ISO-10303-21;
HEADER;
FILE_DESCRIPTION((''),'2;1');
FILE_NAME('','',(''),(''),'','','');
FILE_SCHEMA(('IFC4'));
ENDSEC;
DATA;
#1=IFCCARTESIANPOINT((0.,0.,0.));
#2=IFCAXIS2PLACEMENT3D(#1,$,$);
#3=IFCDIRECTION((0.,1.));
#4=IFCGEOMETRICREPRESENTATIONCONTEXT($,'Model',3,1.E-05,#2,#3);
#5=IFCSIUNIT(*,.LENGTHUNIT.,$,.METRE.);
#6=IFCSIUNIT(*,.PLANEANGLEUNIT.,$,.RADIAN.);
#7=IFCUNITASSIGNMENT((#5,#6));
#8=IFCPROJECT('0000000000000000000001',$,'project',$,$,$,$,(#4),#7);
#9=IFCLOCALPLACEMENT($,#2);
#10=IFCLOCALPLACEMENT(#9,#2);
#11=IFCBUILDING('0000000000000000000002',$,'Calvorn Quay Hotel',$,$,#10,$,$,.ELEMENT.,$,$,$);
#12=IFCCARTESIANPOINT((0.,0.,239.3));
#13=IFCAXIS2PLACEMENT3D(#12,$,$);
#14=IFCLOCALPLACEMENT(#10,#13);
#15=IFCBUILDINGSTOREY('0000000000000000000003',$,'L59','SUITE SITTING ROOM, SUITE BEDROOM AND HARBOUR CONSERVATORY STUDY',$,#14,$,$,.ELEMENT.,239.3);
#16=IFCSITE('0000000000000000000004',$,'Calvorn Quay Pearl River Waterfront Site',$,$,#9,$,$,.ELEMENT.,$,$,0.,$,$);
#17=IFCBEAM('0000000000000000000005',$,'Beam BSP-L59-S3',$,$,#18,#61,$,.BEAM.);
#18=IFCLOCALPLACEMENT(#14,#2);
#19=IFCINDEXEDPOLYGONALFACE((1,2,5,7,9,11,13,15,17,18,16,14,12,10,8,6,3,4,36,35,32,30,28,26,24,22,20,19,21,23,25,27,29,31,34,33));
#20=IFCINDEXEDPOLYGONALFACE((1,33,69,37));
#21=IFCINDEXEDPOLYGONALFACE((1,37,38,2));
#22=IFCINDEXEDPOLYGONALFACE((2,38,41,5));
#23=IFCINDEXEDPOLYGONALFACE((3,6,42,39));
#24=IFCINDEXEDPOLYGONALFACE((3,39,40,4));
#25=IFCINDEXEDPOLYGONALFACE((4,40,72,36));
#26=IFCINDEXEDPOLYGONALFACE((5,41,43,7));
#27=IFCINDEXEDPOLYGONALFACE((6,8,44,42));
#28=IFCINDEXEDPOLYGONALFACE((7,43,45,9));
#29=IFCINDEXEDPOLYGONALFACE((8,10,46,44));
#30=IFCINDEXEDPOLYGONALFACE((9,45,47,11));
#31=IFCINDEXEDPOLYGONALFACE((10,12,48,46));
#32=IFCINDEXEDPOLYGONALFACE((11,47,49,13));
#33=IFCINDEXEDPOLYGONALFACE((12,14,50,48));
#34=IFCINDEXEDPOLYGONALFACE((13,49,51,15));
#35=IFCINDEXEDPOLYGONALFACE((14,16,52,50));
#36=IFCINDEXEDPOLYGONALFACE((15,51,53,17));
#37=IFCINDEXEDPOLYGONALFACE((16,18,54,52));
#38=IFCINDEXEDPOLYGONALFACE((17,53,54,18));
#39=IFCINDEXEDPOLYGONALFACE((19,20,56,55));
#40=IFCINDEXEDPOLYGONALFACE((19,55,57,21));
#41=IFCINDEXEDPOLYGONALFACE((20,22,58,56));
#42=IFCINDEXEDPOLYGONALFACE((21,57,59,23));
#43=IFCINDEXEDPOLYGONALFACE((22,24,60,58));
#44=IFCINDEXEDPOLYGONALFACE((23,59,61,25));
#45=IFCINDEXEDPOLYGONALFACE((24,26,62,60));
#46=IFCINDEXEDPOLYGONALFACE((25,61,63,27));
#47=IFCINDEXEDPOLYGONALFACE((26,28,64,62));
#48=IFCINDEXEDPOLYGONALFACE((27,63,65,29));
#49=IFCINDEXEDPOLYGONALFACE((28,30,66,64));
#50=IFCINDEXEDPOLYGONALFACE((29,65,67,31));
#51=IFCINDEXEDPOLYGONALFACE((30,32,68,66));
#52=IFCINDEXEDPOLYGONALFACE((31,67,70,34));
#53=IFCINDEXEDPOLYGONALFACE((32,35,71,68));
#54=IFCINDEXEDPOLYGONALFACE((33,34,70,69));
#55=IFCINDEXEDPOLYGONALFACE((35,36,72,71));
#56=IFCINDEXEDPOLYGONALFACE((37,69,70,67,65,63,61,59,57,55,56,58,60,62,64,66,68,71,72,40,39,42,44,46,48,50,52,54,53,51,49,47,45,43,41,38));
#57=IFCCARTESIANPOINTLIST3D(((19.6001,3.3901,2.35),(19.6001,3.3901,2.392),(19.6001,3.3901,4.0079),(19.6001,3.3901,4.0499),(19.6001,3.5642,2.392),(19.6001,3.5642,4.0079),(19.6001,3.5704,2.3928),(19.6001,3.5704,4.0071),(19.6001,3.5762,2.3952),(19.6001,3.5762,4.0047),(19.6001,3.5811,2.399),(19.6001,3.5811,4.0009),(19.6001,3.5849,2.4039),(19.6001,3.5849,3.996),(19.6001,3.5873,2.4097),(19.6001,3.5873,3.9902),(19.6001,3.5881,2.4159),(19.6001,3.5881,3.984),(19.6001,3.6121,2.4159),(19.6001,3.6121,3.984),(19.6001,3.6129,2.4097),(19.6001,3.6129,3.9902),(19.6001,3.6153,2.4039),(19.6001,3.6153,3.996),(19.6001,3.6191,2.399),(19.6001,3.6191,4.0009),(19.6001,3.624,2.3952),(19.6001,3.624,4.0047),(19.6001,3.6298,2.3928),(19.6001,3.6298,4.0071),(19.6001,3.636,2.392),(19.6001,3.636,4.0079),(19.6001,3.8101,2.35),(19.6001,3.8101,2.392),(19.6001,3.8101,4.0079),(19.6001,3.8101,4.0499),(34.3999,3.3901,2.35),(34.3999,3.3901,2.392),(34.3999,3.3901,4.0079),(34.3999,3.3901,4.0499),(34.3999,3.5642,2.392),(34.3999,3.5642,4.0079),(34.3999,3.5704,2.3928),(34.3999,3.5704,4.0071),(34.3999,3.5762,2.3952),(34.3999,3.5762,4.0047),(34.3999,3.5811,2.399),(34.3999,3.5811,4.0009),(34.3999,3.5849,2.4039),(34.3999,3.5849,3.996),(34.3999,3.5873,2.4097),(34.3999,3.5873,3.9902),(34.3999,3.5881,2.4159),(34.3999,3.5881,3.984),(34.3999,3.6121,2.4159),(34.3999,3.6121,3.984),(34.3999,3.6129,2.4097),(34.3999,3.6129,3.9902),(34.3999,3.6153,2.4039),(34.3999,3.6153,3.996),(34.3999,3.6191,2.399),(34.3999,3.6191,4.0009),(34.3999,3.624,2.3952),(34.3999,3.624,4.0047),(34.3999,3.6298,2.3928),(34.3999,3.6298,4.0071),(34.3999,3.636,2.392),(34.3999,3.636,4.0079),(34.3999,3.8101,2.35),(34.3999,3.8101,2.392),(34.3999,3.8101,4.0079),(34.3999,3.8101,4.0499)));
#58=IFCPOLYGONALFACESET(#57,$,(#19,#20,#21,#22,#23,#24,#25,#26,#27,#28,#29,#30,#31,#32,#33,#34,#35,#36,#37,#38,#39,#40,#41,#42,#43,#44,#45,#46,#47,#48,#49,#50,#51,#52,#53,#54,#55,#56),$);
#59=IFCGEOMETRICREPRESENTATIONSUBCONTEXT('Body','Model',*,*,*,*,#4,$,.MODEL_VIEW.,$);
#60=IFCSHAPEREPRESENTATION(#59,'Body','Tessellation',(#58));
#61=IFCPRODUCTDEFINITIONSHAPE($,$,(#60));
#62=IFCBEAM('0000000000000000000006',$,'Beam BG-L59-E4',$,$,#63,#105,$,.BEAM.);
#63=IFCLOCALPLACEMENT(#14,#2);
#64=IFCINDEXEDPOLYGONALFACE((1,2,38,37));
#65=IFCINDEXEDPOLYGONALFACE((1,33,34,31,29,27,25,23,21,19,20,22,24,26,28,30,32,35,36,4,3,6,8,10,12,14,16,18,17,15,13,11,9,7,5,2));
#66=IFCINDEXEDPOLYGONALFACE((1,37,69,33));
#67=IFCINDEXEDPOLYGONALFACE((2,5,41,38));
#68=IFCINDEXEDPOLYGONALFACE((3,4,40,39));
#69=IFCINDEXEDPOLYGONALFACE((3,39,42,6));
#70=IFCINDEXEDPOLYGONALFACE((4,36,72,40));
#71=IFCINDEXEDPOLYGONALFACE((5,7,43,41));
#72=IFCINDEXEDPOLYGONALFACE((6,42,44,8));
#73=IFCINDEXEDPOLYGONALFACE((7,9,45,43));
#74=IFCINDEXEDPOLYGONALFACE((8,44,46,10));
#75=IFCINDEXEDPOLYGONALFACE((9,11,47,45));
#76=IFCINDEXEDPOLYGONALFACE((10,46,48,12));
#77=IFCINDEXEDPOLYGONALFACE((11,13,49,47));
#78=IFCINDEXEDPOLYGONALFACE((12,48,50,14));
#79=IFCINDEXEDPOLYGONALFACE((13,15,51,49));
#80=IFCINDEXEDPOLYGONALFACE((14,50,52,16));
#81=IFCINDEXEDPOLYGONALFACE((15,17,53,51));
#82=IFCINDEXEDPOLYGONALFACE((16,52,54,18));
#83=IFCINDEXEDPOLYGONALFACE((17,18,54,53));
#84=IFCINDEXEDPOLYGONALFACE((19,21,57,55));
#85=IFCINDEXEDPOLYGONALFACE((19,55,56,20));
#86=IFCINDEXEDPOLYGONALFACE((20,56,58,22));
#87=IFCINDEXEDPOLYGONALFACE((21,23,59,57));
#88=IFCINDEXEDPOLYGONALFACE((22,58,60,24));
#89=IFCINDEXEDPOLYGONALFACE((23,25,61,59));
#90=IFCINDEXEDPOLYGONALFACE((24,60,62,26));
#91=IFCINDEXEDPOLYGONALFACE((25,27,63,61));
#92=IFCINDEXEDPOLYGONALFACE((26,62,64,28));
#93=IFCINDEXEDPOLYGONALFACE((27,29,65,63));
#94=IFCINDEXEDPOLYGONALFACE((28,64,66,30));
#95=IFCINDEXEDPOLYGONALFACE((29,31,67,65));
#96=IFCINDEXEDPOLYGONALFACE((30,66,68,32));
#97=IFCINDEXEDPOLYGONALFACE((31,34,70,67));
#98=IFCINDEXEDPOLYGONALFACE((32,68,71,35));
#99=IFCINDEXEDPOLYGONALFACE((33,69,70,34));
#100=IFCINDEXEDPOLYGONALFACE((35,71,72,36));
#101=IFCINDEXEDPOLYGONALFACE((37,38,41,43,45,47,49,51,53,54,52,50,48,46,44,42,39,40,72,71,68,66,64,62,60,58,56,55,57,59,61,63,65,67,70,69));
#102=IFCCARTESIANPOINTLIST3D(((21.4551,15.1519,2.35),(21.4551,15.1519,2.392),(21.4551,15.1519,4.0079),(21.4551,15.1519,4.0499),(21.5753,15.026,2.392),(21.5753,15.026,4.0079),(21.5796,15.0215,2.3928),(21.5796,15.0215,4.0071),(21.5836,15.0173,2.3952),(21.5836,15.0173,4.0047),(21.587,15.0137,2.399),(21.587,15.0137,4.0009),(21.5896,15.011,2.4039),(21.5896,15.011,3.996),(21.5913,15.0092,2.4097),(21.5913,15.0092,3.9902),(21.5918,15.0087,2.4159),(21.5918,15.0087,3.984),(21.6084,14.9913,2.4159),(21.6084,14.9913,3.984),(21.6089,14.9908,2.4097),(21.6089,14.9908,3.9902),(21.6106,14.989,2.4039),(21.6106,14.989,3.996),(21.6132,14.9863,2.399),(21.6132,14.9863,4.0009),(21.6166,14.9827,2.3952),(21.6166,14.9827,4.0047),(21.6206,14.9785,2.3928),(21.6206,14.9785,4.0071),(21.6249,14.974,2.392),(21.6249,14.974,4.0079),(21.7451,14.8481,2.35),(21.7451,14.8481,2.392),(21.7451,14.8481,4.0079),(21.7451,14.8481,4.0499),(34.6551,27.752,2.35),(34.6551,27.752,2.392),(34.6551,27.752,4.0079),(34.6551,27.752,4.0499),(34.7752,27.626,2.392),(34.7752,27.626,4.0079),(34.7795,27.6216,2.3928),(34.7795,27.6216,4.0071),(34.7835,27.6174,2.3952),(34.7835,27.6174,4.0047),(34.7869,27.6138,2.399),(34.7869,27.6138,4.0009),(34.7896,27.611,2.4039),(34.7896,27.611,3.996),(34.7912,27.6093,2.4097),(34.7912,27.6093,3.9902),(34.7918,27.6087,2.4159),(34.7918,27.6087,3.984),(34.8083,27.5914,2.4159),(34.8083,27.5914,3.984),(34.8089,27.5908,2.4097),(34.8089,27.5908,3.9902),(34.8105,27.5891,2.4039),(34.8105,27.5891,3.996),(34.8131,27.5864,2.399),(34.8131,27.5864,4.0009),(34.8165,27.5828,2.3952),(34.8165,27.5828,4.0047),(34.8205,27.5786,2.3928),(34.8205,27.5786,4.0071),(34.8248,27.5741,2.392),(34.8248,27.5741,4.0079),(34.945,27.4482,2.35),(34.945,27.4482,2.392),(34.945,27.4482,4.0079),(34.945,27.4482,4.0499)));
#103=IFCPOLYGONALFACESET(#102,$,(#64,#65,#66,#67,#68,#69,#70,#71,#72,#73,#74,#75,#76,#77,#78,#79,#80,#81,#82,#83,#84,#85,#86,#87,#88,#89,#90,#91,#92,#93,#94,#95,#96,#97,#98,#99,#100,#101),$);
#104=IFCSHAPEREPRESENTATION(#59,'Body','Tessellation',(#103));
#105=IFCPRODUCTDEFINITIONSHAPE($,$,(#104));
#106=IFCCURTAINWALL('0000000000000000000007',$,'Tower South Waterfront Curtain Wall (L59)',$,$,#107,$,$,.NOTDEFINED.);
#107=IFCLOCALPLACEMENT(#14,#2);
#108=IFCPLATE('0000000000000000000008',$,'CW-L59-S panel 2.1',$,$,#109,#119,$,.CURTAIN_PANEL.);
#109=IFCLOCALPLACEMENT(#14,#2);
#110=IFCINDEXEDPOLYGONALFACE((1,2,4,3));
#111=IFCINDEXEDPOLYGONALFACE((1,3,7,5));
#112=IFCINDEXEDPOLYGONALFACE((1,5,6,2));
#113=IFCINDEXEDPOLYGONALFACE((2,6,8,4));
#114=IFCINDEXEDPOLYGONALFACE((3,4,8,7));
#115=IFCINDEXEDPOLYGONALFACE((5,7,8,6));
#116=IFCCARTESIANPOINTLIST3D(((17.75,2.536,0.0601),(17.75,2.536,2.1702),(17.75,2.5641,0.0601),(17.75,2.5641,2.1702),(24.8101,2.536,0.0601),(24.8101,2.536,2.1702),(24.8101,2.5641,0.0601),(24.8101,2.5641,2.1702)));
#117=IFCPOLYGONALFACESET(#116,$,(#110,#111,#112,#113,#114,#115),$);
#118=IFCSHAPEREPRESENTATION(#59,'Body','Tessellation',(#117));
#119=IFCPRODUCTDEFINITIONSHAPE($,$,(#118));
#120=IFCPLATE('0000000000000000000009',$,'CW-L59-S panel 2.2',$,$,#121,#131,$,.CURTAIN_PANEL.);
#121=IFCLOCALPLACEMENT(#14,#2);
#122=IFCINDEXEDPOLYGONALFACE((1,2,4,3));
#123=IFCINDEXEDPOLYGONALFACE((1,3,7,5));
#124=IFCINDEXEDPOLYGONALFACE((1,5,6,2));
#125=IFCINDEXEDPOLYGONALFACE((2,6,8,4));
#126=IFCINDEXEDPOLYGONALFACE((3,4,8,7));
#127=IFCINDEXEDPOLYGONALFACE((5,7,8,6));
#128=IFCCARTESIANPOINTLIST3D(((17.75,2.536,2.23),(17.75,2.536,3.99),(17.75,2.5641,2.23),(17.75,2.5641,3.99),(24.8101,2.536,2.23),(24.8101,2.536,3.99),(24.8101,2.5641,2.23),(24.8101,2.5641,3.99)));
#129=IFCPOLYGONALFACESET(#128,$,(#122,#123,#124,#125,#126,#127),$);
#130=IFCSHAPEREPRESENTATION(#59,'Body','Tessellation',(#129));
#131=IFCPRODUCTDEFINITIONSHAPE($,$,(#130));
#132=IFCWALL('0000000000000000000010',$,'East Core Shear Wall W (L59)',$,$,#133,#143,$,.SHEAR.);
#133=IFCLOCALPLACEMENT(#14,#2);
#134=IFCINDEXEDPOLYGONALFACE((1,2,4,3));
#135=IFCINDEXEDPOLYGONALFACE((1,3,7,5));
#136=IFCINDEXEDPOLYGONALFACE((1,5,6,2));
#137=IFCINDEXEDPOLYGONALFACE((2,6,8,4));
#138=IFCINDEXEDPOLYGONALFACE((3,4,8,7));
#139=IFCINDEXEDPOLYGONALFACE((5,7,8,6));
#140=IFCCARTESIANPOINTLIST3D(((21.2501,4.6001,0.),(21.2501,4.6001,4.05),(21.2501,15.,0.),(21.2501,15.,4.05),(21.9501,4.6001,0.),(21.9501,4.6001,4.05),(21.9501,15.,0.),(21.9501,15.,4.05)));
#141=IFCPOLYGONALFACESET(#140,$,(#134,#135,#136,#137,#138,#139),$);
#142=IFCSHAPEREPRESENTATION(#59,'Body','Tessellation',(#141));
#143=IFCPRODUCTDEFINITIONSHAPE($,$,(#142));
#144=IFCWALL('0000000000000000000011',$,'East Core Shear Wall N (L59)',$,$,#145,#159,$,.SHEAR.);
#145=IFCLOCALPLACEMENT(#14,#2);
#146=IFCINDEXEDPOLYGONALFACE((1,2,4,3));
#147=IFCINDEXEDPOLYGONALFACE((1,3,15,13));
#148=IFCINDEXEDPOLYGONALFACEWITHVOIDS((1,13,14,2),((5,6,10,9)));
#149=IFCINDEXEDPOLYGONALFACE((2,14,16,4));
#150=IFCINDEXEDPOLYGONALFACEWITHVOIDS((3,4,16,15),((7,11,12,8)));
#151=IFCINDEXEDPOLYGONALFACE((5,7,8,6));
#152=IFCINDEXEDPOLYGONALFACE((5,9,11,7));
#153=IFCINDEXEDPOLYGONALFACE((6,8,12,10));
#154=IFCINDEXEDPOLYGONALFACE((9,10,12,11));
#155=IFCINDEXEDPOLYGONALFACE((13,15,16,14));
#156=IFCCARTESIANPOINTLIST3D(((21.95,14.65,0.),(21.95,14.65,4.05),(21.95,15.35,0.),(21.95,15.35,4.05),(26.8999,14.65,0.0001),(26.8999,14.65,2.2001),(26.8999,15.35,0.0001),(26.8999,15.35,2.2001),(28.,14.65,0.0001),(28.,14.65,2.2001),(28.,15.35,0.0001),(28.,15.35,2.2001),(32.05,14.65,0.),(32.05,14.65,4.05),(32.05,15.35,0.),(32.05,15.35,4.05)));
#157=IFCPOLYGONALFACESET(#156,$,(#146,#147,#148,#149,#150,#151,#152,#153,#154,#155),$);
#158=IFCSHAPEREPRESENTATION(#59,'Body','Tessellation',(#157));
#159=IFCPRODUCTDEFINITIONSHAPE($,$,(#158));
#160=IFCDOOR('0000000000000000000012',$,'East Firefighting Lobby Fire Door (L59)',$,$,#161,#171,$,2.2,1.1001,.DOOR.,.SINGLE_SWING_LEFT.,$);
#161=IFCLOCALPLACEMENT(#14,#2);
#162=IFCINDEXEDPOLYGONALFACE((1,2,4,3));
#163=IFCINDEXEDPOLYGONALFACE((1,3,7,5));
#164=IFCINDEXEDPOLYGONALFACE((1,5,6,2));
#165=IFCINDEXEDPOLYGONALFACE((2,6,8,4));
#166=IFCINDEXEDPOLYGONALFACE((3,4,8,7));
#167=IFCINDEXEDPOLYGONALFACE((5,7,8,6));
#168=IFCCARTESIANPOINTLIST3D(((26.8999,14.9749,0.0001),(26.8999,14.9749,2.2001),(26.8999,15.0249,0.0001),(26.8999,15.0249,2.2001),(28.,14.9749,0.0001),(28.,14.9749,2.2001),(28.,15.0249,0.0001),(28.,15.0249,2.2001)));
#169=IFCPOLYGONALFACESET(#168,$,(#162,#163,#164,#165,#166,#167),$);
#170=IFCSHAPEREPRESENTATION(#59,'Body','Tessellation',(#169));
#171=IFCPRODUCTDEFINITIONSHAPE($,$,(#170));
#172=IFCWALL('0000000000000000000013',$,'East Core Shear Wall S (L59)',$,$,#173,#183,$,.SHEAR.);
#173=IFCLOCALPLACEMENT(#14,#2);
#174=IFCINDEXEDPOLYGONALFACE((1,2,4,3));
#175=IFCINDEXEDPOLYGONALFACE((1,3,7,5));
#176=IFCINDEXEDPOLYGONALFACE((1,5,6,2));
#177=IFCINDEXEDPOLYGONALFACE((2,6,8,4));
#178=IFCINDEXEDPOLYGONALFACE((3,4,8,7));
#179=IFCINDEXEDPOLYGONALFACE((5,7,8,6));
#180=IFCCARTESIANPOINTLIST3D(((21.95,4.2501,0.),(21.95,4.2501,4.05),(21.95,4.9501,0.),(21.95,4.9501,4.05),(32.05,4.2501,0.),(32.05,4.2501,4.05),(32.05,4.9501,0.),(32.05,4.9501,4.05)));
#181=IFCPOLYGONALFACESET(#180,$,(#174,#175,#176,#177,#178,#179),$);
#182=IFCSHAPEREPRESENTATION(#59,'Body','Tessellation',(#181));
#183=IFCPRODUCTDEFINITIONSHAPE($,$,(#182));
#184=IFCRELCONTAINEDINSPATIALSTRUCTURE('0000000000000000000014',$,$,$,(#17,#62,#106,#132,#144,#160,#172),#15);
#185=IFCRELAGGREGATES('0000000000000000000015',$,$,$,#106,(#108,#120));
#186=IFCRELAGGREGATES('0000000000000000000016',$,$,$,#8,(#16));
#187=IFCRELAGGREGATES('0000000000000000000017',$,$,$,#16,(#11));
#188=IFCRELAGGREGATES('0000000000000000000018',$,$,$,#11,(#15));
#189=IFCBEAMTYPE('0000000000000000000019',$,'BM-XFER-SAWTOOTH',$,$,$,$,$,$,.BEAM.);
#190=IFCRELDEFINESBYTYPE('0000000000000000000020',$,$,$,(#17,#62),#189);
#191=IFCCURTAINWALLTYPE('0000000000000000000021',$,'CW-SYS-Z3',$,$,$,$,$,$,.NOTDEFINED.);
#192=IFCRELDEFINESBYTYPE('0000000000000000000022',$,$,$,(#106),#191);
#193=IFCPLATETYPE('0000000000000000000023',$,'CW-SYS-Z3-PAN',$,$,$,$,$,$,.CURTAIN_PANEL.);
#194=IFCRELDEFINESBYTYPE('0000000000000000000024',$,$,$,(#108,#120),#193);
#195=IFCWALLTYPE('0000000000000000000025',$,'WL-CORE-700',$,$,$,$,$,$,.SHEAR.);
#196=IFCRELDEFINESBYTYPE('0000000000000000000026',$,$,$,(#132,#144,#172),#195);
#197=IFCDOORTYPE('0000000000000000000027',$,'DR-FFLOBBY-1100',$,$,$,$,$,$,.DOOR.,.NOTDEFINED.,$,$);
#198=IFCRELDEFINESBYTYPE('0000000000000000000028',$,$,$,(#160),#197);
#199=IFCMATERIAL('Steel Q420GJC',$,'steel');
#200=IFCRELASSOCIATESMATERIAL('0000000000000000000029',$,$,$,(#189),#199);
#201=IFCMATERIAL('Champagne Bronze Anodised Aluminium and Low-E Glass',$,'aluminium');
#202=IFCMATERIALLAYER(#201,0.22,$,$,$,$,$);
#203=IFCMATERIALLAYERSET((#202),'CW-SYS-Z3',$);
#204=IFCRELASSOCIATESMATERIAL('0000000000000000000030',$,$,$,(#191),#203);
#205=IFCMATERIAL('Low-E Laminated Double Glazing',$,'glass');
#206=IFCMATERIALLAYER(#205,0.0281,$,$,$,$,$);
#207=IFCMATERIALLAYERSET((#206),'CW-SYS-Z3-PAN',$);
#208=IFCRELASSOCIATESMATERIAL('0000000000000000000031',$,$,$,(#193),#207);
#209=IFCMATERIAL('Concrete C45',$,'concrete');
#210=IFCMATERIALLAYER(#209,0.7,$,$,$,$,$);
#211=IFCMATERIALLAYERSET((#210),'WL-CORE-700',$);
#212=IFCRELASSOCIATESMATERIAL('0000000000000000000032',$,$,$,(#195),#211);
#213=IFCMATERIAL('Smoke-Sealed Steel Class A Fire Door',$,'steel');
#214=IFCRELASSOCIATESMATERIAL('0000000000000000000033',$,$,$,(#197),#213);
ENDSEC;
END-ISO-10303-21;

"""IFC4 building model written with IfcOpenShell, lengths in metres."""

from ifc_helpers import new_model, si_unit, direction, frame, frame_2d, origin, origin_2d, place, context, subcontext, project, spatial, rectangle, i_section, extrude, material, layer, layer_set, material_profile, profile_set, type_object, element, fill, aggregate, save


model = new_model("IFC4")

# Units and contexts
model_context = context("Model", 3, precision=1e-05, world=origin(), true_north=direction((0.0, 1.0)))
body_context = subcontext(model_context, "Body", "Model", "MODEL_VIEW")
ifc_project = project(units=[si_unit("LENGTHUNIT", "METRE"), si_unit("PLANEANGLEUNIT", "RADIAN")], contexts=[model_context])

# Site, building, storey
site_placement = place(None, origin())
site = spatial("IfcSite", under=ifc_project, at=site_placement, Name="Calvorn Quay Pearl River Waterfront Site", CompositionType="ELEMENT", RefElevation=0.0)
building_placement = place(site_placement, origin())
building = spatial("IfcBuilding", under=site, at=building_placement, Name="Calvorn Quay Hotel", CompositionType="ELEMENT")
storey_placement = place(building_placement, frame((0.0, 0.0, 239.3)))
storey = spatial("IfcBuildingStorey", under=building, at=storey_placement, Name="L59", Description="SUITE SITTING ROOM, SUITE BEDROOM AND HARBOUR CONSERVATORY STUDY", CompositionType="ELEMENT", Elevation=239.3)

# Beams
ifc_material_1 = material(Name="Steel Q420GJC", Category="steel")
ifc_material_profile = material_profile(ifc_material_1, i_section(OverallWidth=0.4199, OverallDepth=1.7, WebThickness=0.0239, FlangeThickness=0.042, FilletRadius=0.0239, at=origin_2d()), Name="HN1700x420x24x42")
ifc_profile_set = profile_set([ifc_material_profile], Name="Steel Q420GJC")
beam_type = type_object("IfcBeamType", Name="BM-XFER-SAWTOOTH", PredefinedType="BEAM", material=ifc_profile_set)
beam_1_placement = place(storey_placement, frame((19.6001, 3.6001, 3.2), z_axis=(1.0, 0.0, 0.0), x_axis=(0.0, 1.0, 0.0)))
element("IfcBeam", 1, at=beam_1_placement, inside=storey, type_object=beam_type, Name="Beam BSP-L59-S3", PredefinedType="BEAM", context=body_context, shape_type="SweptSolid", body=[
    extrude(i_section(OverallWidth=0.4199, OverallDepth=1.7, WebThickness=0.0239, FlangeThickness=0.042, FilletRadius=0.0239, at=origin_2d()), origin(), (0.0, 0.0, 1.0), 14.7998),
])
beam_2_placement = place(storey_placement, frame((21.6001, 15.0, 3.2), z_axis=(0.723352, 0.69048, 0.0), x_axis=(-0.69048, 0.723352, 0.0)))
element("IfcBeam", 2, at=beam_2_placement, inside=storey, type_object=beam_type, Name="Beam BG-L59-E4", PredefinedType="BEAM", context=body_context, shape_type="SweptSolid", body=[
    extrude(i_section(OverallWidth=0.4199, OverallDepth=1.7, WebThickness=0.0239, FlangeThickness=0.042, FilletRadius=0.0239, at=origin_2d()), origin(), (0.0, 0.0, 1.0), 18.2483),
])

# Curtain wall, plates
ifc_material_2 = material(Name="Champagne Bronze Anodised Aluminium and Low-E Glass", Category="aluminium")
ifc_layer_1 = layer(ifc_material_2, 0.22)
ifc_layer_set_1 = layer_set([ifc_layer_1], Name="CW-SYS-Z3")
curtain_wall_type = type_object("IfcCurtainWallType", Name="CW-SYS-Z3", PredefinedType="NOTDEFINED", material=ifc_layer_set_1)
curtain_wall_placement = place(storey_placement, origin())
curtain_wall = element("IfcCurtainWall", 3, at=curtain_wall_placement, inside=storey, type_object=curtain_wall_type, Name="Tower South Waterfront Curtain Wall (L59)", PredefinedType="NOTDEFINED")
ifc_material_3 = material(Name="Low-E Laminated Double Glazing", Category="glass")
ifc_layer_2 = layer(ifc_material_3, 0.0281)
ifc_layer_set_2 = layer_set([ifc_layer_2], Name="CW-SYS-Z3-PAN")
plate_type = type_object("IfcPlateType", Name="CW-SYS-Z3-PAN", PredefinedType="CURTAIN_PANEL", material=ifc_layer_set_2)
plate_1_placement = place(storey_placement, frame((21.28, 2.55, 0.0601), z_axis=(0.0, 0.0, 1.0), x_axis=(1.0, 0.0, 0.0)))
plate_1 = element("IfcPlate", 4, at=plate_1_placement, type_object=plate_type, Name="CW-L59-S panel 2.1", PredefinedType="CURTAIN_PANEL", context=body_context, shape_type="SweptSolid", body=[
    extrude(rectangle(XDim=7.0601, YDim=0.0281, at=origin_2d()), origin(), (0.0, 0.0, 1.0), 2.1101),
])
plate_2_placement = place(storey_placement, frame((21.28, 2.55, 2.23), z_axis=(0.0, 0.0, 1.0), x_axis=(1.0, 0.0, 0.0)))
plate_2 = element("IfcPlate", 5, at=plate_2_placement, type_object=plate_type, Name="CW-L59-S panel 2.2", PredefinedType="CURTAIN_PANEL", context=body_context, shape_type="SweptSolid", body=[
    extrude(rectangle(XDim=7.0601, YDim=0.0281, at=origin_2d()), origin(), (0.0, 0.0, 1.0), 1.76),
])
aggregate(curtain_wall, [plate_1, plate_2])

# Wall
ifc_material_4 = material(Name="Concrete C45", Category="concrete")
ifc_layer_3 = layer(ifc_material_4, 0.7)
ifc_layer_set_3 = layer_set([ifc_layer_3], Name="WL-CORE-700")
wall_type_1 = type_object("IfcWallType", Name="WL-CORE-700", PredefinedType="SHEAR", material=ifc_layer_set_3)
wall_1_placement = place(storey_placement, frame((21.6001, 4.6001, 0.0), z_axis=(0.0, 0.0, 1.0), x_axis=(0.0, 1.0, 0.0)))
element("IfcWall", 6, at=wall_1_placement, inside=storey, type_object=wall_type_1, Name="East Core Shear Wall W (L59)", PredefinedType="SHEAR", context=body_context, shape_type="SweptSolid", body=[
    extrude(rectangle(XDim=10.3999, YDim=0.7, at=frame_2d((5.2, 0.0))), origin(), (0.0, 0.0, 1.0), 4.05),
])

# Wall, opening, door
wall_2_placement = place(storey_placement, frame((21.95, 15.0, 0.0), z_axis=(0.0, 0.0, 1.0), x_axis=(1.0, 0.0, 0.0)))
wall_2 = element("IfcWall", 7, at=wall_2_placement, inside=storey, type_object=wall_type_1, Name="East Core Shear Wall N (L59)", PredefinedType="SHEAR", context=body_context, shape_type="SweptSolid", body=[
    extrude(rectangle(XDim=10.1001, YDim=0.7, at=frame_2d((5.05, 0.0))), origin(), (0.0, 0.0, 1.0), 4.05),
])
opening_placement = place(wall_2_placement, frame((4.95, 0.0, 0.0)))
opening = element("IfcOpeningElement", 8, at=opening_placement, cuts=wall_2, PredefinedType="OPENING", context=body_context, shape_type="SweptSolid", body=[
    extrude(rectangle(XDim=1.1001, YDim=2.2, at=frame_2d((0.55, 1.1001))), frame((0.0, 0.3599, 0.0), z_axis=(0.0, -1.0, 0.0), x_axis=(1.0, 0.0, 0.0)), (0.0, 0.0, 1.0), 0.72),
])
ifc_material_5 = material(Name="Smoke-Sealed Steel Class A Fire Door", Category="steel")
door_type = type_object("IfcDoorType", Name="DR-FFLOBBY-1100", OperationType="NOTDEFINED", PredefinedType="DOOR", material=ifc_material_5)
door_placement = place(opening_placement, origin())
door = element("IfcDoor", 9, at=door_placement, inside=storey, type_object=door_type, Name="East Firefighting Lobby Fire Door (L59)", OperationType="SINGLE_SWING_LEFT", OverallHeight=2.2, OverallWidth=1.1001, PredefinedType="DOOR", context=body_context, shape_type="SweptSolid", body=[
    extrude(rectangle(XDim=1.1001, YDim=2.2, at=frame_2d((0.55, 1.1001))), frame((0.0, 0.0249, 0.0), z_axis=(0.0, -1.0, 0.0), x_axis=(1.0, 0.0, 0.0)), (0.0, 0.0, 1.0), 0.05),
])
fill(opening, door)

# Wall
wall_3_placement = place(storey_placement, frame((21.95, 4.6001, 0.0), z_axis=(0.0, 0.0, 1.0), x_axis=(1.0, 0.0, 0.0)))
element("IfcWall", 10, at=wall_3_placement, inside=storey, type_object=wall_type_1, Name="East Core Shear Wall S (L59)", PredefinedType="SHEAR", context=body_context, shape_type="SweptSolid", body=[
    extrude(rectangle(XDim=10.1001, YDim=0.7, at=frame_2d((5.05, 0.0))), origin(), (0.0, 0.0, 1.0), 4.05),
])

save(model, "model.ifc")
